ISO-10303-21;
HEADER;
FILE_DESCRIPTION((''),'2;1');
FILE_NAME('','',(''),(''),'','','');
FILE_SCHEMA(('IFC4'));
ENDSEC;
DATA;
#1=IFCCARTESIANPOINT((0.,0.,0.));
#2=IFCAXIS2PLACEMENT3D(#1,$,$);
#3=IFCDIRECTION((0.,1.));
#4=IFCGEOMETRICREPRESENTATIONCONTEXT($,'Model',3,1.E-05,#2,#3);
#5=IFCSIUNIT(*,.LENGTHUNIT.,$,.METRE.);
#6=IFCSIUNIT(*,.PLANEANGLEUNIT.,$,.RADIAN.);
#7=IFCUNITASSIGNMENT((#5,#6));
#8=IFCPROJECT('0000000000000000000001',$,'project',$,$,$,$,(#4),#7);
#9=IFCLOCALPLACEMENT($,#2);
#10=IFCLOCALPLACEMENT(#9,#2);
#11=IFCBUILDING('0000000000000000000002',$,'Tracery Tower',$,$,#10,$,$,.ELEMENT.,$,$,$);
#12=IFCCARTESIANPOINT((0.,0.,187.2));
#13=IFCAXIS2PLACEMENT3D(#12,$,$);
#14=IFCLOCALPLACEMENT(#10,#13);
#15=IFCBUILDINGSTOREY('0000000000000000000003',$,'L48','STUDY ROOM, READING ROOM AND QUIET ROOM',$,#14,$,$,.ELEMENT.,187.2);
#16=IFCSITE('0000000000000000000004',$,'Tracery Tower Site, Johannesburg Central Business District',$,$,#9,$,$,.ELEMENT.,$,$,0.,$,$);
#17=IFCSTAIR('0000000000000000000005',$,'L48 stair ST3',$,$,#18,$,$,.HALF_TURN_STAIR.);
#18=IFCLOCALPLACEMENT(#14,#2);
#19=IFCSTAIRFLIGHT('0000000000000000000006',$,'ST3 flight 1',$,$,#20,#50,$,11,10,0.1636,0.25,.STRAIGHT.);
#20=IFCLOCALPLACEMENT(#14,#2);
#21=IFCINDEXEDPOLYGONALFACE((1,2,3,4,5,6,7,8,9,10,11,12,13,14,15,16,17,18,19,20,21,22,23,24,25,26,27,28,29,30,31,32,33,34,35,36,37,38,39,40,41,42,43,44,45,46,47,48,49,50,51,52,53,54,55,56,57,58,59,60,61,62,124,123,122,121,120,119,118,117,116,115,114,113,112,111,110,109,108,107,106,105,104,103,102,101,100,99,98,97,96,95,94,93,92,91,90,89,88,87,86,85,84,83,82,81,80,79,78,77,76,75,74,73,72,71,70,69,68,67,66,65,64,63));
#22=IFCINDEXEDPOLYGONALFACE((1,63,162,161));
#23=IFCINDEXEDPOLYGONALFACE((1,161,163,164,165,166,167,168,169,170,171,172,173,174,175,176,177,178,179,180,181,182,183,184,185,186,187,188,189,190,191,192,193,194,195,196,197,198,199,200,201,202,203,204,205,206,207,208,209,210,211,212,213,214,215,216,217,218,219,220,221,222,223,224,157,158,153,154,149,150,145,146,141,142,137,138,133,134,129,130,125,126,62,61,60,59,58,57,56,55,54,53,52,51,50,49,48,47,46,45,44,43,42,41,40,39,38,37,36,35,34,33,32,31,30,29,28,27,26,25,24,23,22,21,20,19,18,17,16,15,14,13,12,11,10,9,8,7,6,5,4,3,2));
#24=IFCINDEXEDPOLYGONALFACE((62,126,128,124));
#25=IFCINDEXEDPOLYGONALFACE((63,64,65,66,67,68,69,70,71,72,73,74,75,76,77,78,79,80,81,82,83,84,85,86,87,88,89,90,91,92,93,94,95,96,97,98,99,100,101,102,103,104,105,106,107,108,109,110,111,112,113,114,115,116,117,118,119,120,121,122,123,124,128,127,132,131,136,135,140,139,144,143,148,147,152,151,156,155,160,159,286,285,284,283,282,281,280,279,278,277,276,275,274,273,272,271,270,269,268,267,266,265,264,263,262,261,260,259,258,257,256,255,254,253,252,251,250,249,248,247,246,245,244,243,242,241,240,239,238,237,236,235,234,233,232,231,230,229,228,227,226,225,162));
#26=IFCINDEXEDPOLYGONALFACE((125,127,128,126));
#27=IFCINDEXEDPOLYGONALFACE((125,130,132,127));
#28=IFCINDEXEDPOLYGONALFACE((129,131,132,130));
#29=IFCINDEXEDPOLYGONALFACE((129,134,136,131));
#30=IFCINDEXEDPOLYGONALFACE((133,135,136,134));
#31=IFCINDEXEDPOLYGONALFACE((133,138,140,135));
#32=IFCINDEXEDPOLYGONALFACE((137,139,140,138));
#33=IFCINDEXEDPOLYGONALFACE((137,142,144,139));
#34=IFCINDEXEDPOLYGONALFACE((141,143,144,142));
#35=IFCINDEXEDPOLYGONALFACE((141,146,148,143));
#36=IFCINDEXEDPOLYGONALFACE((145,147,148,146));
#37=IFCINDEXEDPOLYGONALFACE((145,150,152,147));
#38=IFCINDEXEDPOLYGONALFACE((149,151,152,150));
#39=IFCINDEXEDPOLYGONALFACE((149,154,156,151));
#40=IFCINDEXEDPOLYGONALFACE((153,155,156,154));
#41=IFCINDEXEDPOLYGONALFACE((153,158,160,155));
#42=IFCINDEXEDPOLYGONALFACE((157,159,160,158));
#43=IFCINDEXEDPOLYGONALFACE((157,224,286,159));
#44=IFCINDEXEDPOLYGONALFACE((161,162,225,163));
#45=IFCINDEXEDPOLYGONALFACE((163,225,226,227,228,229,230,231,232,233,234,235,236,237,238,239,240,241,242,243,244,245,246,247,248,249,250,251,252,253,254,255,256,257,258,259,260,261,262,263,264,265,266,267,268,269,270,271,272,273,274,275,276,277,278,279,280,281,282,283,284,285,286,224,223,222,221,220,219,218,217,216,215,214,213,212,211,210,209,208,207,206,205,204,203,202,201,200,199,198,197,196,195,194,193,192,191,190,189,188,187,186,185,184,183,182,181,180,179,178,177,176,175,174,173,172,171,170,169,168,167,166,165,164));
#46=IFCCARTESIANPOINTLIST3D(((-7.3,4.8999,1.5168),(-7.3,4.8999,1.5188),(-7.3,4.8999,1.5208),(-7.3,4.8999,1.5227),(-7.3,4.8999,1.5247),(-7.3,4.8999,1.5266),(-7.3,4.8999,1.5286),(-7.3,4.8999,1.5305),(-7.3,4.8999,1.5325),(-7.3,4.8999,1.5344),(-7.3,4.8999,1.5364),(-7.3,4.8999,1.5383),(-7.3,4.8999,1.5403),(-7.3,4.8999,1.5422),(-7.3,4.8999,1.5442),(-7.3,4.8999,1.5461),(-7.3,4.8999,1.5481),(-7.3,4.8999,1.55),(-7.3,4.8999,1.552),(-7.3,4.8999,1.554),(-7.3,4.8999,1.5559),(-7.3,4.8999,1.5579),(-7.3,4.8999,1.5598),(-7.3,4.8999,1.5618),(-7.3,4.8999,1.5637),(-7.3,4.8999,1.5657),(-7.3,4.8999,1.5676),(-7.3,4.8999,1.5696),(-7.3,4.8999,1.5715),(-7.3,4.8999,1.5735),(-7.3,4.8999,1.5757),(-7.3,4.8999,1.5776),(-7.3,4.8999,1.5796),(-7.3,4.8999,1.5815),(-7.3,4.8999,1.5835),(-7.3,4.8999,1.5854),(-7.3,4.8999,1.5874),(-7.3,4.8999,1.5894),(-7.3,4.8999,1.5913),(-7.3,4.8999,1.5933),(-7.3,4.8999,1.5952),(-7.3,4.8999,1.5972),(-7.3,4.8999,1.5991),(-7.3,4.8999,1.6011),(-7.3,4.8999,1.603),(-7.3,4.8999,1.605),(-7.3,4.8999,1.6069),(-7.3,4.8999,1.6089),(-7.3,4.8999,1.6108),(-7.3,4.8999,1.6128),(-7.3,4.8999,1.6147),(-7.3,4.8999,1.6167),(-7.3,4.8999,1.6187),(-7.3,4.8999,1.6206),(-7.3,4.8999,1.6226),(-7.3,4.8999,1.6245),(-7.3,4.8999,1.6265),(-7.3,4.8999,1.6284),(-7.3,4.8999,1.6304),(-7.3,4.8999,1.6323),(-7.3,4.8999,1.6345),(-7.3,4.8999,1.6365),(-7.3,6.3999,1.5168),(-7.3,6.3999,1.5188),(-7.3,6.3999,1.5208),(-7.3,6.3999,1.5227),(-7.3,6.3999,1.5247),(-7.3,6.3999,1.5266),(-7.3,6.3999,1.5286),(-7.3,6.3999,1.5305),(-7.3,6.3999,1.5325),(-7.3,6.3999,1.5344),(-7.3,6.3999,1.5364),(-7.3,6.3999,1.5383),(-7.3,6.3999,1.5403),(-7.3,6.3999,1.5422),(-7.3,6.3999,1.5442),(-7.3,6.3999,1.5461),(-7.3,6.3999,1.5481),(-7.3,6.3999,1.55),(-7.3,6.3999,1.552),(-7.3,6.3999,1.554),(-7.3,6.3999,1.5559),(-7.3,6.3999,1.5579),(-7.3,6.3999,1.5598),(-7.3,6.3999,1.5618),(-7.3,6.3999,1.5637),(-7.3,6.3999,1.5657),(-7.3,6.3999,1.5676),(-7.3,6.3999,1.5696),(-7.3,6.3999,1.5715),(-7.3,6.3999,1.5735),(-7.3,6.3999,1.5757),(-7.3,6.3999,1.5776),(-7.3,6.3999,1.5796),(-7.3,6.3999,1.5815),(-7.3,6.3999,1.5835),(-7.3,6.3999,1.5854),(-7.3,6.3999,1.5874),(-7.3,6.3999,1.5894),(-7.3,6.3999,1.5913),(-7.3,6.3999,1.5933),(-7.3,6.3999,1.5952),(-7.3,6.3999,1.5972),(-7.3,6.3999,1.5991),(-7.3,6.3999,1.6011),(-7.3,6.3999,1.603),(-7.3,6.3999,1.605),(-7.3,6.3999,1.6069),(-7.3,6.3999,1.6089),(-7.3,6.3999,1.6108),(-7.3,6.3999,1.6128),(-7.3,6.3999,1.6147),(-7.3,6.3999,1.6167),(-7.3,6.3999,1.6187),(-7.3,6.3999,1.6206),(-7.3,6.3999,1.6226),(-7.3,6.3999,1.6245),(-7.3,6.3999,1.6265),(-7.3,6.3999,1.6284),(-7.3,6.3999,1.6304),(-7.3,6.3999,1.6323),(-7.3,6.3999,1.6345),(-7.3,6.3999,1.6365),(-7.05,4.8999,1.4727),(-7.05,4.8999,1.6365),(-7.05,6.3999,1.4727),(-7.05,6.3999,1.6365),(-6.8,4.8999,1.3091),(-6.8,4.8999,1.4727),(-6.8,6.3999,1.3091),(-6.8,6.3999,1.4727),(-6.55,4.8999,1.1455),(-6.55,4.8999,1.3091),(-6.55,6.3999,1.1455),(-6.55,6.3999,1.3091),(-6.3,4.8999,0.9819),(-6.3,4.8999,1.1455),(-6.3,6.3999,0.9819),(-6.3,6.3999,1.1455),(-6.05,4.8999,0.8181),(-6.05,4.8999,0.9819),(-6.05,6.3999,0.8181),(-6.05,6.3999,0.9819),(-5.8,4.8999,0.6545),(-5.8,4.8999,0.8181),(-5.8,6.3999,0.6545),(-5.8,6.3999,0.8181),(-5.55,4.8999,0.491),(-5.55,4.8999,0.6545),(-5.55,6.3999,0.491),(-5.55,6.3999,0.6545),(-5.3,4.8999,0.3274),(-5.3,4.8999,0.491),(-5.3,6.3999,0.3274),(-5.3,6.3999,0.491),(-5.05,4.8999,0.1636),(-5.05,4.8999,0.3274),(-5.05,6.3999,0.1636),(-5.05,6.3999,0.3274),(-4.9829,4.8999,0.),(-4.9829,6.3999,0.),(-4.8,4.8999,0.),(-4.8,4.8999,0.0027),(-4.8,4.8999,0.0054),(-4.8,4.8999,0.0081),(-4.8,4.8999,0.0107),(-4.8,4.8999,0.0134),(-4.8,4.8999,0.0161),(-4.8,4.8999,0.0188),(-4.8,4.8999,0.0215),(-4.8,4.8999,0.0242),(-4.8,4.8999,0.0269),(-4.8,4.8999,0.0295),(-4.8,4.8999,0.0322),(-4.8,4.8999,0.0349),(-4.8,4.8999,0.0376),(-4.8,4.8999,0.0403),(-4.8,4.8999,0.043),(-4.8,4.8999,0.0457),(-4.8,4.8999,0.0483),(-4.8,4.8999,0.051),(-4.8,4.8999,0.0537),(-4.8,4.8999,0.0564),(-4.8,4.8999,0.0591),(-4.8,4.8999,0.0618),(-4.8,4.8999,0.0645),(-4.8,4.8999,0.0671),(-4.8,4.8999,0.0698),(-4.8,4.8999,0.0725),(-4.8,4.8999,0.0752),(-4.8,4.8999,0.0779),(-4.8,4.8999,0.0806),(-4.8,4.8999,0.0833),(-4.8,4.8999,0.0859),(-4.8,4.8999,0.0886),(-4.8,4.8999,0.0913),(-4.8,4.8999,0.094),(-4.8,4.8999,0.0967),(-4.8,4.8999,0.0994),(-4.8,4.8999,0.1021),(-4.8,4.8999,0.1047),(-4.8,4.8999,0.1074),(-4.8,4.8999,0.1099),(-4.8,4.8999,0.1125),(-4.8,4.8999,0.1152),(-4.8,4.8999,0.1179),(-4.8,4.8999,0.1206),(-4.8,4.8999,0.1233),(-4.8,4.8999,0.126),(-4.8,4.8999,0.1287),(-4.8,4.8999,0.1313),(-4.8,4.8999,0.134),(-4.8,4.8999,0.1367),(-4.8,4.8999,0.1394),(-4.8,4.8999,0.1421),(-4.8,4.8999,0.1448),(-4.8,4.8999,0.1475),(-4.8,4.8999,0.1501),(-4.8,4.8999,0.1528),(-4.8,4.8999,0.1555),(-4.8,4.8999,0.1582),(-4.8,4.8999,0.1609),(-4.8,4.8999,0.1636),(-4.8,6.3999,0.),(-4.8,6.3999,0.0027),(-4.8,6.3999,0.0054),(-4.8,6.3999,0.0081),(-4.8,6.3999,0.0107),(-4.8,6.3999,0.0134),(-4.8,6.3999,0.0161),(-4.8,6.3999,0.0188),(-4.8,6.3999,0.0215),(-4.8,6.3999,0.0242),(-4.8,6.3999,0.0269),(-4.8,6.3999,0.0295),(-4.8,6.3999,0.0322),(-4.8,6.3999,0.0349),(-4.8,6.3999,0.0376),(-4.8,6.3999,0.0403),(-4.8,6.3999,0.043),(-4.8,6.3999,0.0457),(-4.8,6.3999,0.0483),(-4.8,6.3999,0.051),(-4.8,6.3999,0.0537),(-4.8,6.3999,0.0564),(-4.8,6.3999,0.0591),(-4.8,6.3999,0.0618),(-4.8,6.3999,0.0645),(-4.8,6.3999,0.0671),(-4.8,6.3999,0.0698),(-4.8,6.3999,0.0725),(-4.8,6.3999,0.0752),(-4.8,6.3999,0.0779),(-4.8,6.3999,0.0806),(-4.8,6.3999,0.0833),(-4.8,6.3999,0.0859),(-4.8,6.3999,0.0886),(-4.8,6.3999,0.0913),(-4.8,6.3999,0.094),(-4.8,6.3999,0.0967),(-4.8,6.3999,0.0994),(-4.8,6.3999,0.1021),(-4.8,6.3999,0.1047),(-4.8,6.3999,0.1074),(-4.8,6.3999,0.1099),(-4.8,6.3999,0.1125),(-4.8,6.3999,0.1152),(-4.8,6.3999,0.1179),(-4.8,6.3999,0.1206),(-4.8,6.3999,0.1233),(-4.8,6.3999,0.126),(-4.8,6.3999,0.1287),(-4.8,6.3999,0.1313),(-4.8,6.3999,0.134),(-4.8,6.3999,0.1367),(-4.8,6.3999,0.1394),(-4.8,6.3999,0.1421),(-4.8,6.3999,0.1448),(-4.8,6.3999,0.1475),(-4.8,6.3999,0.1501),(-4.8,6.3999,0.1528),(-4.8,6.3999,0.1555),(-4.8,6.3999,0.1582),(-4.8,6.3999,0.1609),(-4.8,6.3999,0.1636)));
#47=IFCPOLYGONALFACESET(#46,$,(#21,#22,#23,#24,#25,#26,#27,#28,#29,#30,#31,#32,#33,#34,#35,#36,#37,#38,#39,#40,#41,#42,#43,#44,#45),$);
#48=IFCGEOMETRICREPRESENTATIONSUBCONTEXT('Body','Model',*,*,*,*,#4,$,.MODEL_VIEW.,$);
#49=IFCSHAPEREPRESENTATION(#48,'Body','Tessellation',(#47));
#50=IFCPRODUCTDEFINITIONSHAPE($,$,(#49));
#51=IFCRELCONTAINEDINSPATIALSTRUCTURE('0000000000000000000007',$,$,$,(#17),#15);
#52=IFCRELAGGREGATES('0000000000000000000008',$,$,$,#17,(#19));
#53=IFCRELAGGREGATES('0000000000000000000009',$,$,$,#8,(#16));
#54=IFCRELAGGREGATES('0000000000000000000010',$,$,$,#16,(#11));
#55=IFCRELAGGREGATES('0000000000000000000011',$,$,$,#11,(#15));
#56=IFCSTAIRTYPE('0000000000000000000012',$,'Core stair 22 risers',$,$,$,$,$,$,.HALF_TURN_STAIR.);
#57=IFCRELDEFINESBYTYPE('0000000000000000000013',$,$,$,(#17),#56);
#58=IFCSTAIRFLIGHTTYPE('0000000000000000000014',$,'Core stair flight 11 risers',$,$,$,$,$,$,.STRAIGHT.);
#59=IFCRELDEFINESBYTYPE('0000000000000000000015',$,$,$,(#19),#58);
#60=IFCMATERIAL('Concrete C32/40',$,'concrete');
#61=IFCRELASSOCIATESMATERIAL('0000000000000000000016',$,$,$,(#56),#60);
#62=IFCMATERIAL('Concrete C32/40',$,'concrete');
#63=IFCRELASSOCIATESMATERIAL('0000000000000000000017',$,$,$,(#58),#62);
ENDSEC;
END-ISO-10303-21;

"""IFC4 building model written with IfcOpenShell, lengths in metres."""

from ifc_helpers import new_model, si_unit, direction, frame, origin, place, context, subcontext, project, spatial, polyline, outline, extrude, material, type_object, element, aggregate, save


model = new_model("IFC4")

# Units and contexts
model_context = context("Model", 3, precision=1e-05, world=origin(), true_north=direction((0.0, 1.0)))
body_context = subcontext(model_context, "Body", "Model", "MODEL_VIEW")
ifc_project = project(units=[si_unit("LENGTHUNIT", "METRE"), si_unit("PLANEANGLEUNIT", "RADIAN")], contexts=[model_context])

# Site, building, storey
site_placement = place(None, origin())
site = spatial("IfcSite", under=ifc_project, at=site_placement, Name="Tracery Tower Site, Johannesburg Central Business District", CompositionType="ELEMENT", RefElevation=0.0)
building_placement = place(site_placement, origin())
building = spatial("IfcBuilding", under=site, at=building_placement, Name="Tracery Tower", CompositionType="ELEMENT")
storey_placement = place(building_placement, frame((0.0, 0.0, 187.2)))
storey = spatial("IfcBuildingStorey", under=building, at=storey_placement, Name="L48", Description="STUDY ROOM, READING ROOM AND QUIET ROOM", CompositionType="ELEMENT", Elevation=187.2)

# Stair, stair flight
ifc_material_1 = material(Name="Concrete C32/40", Category="concrete")
stair_type = type_object("IfcStairType", Name="Core stair 22 risers", PredefinedType="HALF_TURN_STAIR", material=ifc_material_1)
stair_placement = place(storey_placement, origin())
stair = element("IfcStair", 1, at=stair_placement, inside=storey, type_object=stair_type, Name="L48 stair ST3", PredefinedType="HALF_TURN_STAIR")
ifc_material_2 = material(Name="Concrete C32/40", Category="concrete")
stair_flight_type = type_object("IfcStairFlightType", Name="Core stair flight 11 risers", PredefinedType="STRAIGHT", material=ifc_material_2)
stair_flight_1_placement = place(storey_placement, frame((-4.8, 5.6499, 0.0), z_axis=(0.0, 0.0, 1.0), x_axis=(-1.0, 0.0, 0.0)))
stair_flight_1 = element("IfcStairFlight", 2, at=stair_flight_1_placement, type_object=stair_flight_type, Name="ST3 flight 1", NumberOfRisers=11, NumberOfTreads=10, PredefinedType="STRAIGHT", RiserHeight=0.1636, TreadLength=0.25, context=body_context, shape_type="SweptSolid", body=[
    extrude(outline(polyline([(0.0, 0.0), (0.0, 0.0027), (0.0, 0.0054), (0.0, 0.0081), (0.0, 0.0107), (0.0, 0.0134), (0.0, 0.0161), (0.0, 0.0188), (0.0, 0.0215), (0.0, 0.0242), (0.0, 0.0269), (0.0, 0.0295), (0.0, 0.0322), (0.0, 0.0349), (0.0, 0.0376), (0.0, 0.0403), (0.0, 0.043), (0.0, 0.0457), (0.0, 0.0483), (0.0, 0.051), (0.0, 0.0537), (0.0, 0.0564), (0.0, 0.0591), (0.0, 0.0618), (0.0, 0.0645), (0.0, 0.0671), (0.0, 0.0698), (0.0, 0.0725), (0.0, 0.0752), (0.0, 0.0779), (0.0, 0.0806), (0.0, 0.0833), (0.0, 0.0859), (0.0, 0.0886), (0.0, 0.0913), (0.0, 0.094), (0.0, 0.0967), (0.0, 0.0994), (0.0, 0.1021), (0.0, 0.1047), (0.0, 0.1074), (0.0, 0.1099), (0.0, 0.1125), (0.0, 0.1152), (0.0, 0.1179), (0.0, 0.1206), (0.0, 0.1233), (0.0, 0.126), (0.0, 0.1287), (0.0, 0.1313), (0.0, 0.134), (0.0, 0.1367), (0.0, 0.1394), (0.0, 0.1421), (0.0, 0.1448), (0.0, 0.1475), (0.0, 0.1501), (0.0, 0.1528), (0.0, 0.1555), (0.0, 0.1582), (0.0, 0.1609), (0.0, 0.1636), (0.25, 0.1636), (0.25, 0.3274), (0.5, 0.3274), (0.5, 0.491), (0.75, 0.491), (0.75, 0.6545), (1.0, 0.6545), (1.0, 0.8181), (1.25, 0.8181), (1.25, 0.9819), (1.5, 0.9819), (1.5, 1.1455), (1.75, 1.1455), (1.75, 1.3091), (2.0, 1.3091), (2.0, 1.4727), (2.25, 1.4727), (2.25, 1.6365), (2.5, 1.6365), (2.5, 1.6345), (2.5, 1.6323), (2.5, 1.6304), (2.5, 1.6284), (2.5, 1.6265), (2.5, 1.6245), (2.5, 1.6226), (2.5, 1.6206), (2.5, 1.6187), (2.5, 1.6167), (2.5, 1.6147), (2.5, 1.6128), (2.5, 1.6108), (2.5, 1.6089), (2.5, 1.6069), (2.5, 1.605), (2.5, 1.603), (2.5, 1.6011), (2.5, 1.5991), (2.5, 1.5972), (2.5, 1.5952), (2.5, 1.5933), (2.5, 1.5913), (2.5, 1.5894), (2.5, 1.5874), (2.5, 1.5854), (2.5, 1.5835), (2.5, 1.5815), (2.5, 1.5796), (2.5, 1.5776), (2.5, 1.5757), (2.5, 1.5735), (2.5, 1.5715), (2.5, 1.5696), (2.5, 1.5676), (2.5, 1.5657), (2.5, 1.5637), (2.5, 1.5618), (2.5, 1.5598), (2.5, 1.5579), (2.5, 1.5559), (2.5, 1.554), (2.5, 1.552), (2.5, 1.55), (2.5, 1.5481), (2.5, 1.5461), (2.5, 1.5442), (2.5, 1.5422), (2.5, 1.5403), (2.5, 1.5383), (2.5, 1.5364), (2.5, 1.5344), (2.5, 1.5325), (2.5, 1.5305), (2.5, 1.5286), (2.5, 1.5266), (2.5, 1.5247), (2.5, 1.5227), (2.5, 1.5208), (2.5, 1.5188), (2.5, 1.5168), (0.1829, 0.0), (0.0, 0.0)])), frame((0.0, 0.75, 0.0), z_axis=(0.0, -1.0, 0.0), x_axis=(1.0, 0.0, 0.0)), (0.0, 0.0, 1.0), 1.5),
])
aggregate(stair, [stair_flight_1])

save(model, "model.ifc")
